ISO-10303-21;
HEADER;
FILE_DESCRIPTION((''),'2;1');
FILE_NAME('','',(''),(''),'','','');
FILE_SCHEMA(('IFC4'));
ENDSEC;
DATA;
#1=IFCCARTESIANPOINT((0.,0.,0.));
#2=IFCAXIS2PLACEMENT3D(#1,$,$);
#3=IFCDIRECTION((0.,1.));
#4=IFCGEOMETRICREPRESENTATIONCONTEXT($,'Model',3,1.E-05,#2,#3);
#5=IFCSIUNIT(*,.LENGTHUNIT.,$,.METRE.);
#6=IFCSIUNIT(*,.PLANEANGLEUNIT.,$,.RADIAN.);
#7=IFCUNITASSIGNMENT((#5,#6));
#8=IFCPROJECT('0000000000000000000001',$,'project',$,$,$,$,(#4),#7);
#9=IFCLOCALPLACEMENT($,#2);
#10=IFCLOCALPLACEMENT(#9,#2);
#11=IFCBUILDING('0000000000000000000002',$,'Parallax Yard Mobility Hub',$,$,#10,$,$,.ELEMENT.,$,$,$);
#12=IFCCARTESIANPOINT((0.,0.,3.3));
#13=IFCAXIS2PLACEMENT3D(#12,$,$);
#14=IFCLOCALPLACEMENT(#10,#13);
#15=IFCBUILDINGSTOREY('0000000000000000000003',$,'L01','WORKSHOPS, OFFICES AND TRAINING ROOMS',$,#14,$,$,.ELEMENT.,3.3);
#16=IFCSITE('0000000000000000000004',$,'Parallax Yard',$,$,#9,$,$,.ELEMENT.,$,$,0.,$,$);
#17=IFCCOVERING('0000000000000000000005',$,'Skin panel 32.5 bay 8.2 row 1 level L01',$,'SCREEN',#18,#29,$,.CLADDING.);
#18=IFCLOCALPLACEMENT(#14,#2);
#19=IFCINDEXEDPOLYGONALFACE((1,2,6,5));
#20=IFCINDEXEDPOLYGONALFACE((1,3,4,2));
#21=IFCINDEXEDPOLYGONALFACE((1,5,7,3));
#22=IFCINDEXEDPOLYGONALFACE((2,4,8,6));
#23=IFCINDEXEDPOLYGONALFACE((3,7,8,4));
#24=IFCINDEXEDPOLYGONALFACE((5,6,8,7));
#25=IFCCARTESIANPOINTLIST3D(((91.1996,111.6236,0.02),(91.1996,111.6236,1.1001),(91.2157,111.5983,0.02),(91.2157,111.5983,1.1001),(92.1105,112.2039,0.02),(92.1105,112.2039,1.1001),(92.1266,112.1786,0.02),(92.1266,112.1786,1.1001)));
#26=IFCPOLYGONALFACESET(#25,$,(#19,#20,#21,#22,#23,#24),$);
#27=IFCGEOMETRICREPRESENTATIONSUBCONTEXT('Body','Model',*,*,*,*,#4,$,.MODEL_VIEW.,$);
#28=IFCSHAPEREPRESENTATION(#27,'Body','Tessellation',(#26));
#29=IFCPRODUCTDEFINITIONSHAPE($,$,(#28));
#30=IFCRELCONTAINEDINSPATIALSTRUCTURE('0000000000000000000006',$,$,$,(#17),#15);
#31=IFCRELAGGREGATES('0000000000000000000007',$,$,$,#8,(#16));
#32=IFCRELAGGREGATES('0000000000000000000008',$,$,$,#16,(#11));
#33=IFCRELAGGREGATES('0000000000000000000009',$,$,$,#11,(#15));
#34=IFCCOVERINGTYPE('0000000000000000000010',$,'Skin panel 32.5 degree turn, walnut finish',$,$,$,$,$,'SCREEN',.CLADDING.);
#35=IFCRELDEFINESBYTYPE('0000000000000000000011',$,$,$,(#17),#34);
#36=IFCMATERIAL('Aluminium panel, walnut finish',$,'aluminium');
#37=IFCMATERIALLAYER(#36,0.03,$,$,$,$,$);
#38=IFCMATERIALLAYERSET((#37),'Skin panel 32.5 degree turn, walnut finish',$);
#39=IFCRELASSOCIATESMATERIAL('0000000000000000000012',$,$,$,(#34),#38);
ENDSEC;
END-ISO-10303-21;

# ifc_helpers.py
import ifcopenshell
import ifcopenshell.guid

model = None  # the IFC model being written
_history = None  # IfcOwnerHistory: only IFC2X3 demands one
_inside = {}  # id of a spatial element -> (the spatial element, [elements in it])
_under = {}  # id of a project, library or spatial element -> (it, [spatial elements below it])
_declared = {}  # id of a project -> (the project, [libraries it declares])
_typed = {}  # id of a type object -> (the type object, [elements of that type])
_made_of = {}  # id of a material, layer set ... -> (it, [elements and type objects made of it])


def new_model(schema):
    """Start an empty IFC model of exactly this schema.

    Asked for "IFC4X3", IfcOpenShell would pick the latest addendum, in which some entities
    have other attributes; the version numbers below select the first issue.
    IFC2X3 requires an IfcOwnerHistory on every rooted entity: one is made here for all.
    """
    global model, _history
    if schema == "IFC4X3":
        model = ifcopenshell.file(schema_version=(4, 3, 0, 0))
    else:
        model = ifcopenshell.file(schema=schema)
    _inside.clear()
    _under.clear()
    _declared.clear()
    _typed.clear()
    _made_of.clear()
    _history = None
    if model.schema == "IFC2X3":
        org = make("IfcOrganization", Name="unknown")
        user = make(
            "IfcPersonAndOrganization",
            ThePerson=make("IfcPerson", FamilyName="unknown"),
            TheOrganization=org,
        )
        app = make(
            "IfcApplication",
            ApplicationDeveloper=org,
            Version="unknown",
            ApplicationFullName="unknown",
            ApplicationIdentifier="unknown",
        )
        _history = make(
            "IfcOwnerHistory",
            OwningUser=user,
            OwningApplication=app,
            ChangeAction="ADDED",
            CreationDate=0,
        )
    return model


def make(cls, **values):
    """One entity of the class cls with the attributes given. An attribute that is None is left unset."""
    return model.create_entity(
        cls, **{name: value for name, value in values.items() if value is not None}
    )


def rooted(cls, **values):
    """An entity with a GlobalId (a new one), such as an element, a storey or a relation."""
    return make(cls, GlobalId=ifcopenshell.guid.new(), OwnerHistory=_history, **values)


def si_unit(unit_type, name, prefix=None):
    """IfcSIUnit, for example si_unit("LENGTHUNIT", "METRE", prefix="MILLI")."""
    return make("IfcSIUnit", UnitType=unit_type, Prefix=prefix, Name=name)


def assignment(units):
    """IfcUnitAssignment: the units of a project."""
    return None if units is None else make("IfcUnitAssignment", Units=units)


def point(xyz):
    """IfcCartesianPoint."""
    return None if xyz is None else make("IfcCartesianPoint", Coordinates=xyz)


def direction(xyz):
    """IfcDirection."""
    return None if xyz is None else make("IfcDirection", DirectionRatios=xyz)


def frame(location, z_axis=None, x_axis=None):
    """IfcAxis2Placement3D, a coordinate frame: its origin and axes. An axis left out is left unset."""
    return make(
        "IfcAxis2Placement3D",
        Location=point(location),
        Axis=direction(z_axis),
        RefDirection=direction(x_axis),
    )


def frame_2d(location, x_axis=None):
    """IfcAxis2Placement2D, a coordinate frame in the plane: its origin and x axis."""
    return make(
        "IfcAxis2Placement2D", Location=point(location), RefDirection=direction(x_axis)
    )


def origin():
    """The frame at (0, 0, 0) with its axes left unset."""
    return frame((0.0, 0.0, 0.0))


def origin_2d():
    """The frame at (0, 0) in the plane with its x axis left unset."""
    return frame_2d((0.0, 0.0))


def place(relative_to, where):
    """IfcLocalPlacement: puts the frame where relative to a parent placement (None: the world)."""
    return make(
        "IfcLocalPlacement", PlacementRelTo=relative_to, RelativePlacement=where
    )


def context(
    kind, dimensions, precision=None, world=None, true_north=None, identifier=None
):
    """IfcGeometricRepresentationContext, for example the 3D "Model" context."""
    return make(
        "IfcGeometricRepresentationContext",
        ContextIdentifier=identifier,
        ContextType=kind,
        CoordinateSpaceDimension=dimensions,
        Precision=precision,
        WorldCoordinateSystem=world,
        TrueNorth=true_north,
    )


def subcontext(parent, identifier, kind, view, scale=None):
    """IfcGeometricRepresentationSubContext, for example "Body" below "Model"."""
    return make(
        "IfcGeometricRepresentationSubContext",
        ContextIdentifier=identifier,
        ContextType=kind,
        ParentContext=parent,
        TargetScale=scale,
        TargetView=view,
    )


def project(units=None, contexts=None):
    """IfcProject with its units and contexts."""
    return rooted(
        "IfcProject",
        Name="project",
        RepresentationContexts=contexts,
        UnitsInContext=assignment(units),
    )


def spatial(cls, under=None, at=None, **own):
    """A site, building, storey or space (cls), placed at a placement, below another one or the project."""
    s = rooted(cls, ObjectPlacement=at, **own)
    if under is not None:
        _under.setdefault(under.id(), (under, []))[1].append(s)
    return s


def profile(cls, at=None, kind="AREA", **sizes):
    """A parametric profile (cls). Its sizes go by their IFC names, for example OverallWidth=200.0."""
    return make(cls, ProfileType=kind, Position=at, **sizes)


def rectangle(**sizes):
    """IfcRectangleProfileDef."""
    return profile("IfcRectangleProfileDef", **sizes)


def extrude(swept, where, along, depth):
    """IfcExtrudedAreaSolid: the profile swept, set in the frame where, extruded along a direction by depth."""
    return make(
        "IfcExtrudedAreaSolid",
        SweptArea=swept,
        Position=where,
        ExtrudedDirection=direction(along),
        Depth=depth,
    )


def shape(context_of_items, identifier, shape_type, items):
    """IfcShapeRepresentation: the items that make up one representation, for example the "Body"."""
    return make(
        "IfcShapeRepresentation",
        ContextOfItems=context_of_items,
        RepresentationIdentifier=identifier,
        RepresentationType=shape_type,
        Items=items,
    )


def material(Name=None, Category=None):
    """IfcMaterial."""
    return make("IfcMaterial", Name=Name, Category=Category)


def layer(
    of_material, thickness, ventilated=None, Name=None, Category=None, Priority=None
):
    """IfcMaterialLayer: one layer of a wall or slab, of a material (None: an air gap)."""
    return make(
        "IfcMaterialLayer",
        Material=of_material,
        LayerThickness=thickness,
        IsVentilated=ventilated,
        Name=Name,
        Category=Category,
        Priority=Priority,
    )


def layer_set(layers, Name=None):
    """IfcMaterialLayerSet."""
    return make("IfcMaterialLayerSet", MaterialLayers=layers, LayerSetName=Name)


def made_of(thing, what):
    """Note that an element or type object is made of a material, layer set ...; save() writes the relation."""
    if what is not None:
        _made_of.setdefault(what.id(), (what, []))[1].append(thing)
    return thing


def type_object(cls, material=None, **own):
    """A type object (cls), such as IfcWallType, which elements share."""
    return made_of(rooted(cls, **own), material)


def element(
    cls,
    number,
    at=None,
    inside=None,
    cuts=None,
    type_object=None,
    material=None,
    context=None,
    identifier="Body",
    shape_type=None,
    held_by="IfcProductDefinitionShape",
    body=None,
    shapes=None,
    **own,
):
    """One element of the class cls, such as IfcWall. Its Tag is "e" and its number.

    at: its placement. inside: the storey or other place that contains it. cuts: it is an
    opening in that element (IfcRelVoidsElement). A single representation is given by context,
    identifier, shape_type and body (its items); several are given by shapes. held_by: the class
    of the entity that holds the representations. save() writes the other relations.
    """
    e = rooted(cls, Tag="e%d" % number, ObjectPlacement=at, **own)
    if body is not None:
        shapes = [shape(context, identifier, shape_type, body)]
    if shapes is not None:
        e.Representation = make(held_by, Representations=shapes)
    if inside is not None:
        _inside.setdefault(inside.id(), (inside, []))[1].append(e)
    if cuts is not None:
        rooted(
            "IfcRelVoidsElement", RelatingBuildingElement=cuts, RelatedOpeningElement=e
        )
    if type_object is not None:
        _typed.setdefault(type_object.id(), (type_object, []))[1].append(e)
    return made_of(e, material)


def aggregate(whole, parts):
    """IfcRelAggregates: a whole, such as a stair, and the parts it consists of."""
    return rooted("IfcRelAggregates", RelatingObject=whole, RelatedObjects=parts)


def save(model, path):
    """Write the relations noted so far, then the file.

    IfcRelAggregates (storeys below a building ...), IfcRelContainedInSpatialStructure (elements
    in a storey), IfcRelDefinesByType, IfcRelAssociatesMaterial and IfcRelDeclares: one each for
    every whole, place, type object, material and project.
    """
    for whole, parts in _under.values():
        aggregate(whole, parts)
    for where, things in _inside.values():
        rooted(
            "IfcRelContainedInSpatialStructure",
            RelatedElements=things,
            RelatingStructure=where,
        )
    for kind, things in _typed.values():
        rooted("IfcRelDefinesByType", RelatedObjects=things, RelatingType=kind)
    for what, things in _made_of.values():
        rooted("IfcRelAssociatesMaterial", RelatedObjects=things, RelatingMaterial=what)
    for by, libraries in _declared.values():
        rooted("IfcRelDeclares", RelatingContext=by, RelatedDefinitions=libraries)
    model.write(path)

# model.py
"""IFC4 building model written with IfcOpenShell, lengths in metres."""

from ifc_helpers import new_model, si_unit, direction, frame, origin, origin_2d, place, context, subcontext, project, spatial, rectangle, extrude, material, layer, layer_set, type_object, element, save


model = new_model("IFC4")

# Units and contexts
model_context = context("Model", 3, precision=1e-05, world=origin(), true_north=direction((0.0, 1.0)))
body_context = subcontext(model_context, "Body", "Model", "MODEL_VIEW")
ifc_project = project(units=[si_unit("LENGTHUNIT", "METRE"), si_unit("PLANEANGLEUNIT", "RADIAN")], contexts=[model_context])

# Site, building, storey
site_placement = place(None, origin())
site = spatial("IfcSite", under=ifc_project, at=site_placement, Name="Parallax Yard", CompositionType="ELEMENT", RefElevation=0.0)
building_placement = place(site_placement, origin())
building = spatial("IfcBuilding", under=site, at=building_placement, Name="Parallax Yard Mobility Hub", CompositionType="ELEMENT")
storey_placement = place(building_placement, frame((0.0, 0.0, 3.3)))
storey = spatial("IfcBuildingStorey", under=building, at=storey_placement, Name="L01", Description="WORKSHOPS, OFFICES AND TRAINING ROOMS", CompositionType="ELEMENT", Elevation=3.3)

# Covering
ifc_material_1 = material(Name="Aluminium panel, walnut finish", Category="aluminium")
ifc_layer_1 = layer(ifc_material_1, 0.03)
ifc_layer_set_1 = layer_set([ifc_layer_1], Name="Skin panel 32.5 degree turn, walnut finish")
covering_type_1 = type_object("IfcCoveringType", Name="Skin panel 32.5 degree turn, walnut finish", ElementType="SCREEN", PredefinedType="CLADDING", material=ifc_layer_set_1)
for number, where, z_axis, x_axis, name in (
    (1, (91.6631, 111.9011, 0.02), (0.0, 0.0, 1.0), (-0.843391, -0.5373, 0.0), "Skin panel 32.5 bay 8.2 row 1 level L01"),
):
    element("IfcCovering", number, at=place(storey_placement, frame(where, z_axis=z_axis, x_axis=x_axis)), inside=storey, type_object=covering_type_1, Name=name, ObjectType="SCREEN", PredefinedType="CLADDING", context=body_context, shape_type="SweptSolid", body=[
        extrude(rectangle(XDim=1.0801, YDim=0.03, at=origin_2d()), origin(), (0.0, 0.0, 1.0), 1.0801),
    ])

save(model, "model.ifc")
